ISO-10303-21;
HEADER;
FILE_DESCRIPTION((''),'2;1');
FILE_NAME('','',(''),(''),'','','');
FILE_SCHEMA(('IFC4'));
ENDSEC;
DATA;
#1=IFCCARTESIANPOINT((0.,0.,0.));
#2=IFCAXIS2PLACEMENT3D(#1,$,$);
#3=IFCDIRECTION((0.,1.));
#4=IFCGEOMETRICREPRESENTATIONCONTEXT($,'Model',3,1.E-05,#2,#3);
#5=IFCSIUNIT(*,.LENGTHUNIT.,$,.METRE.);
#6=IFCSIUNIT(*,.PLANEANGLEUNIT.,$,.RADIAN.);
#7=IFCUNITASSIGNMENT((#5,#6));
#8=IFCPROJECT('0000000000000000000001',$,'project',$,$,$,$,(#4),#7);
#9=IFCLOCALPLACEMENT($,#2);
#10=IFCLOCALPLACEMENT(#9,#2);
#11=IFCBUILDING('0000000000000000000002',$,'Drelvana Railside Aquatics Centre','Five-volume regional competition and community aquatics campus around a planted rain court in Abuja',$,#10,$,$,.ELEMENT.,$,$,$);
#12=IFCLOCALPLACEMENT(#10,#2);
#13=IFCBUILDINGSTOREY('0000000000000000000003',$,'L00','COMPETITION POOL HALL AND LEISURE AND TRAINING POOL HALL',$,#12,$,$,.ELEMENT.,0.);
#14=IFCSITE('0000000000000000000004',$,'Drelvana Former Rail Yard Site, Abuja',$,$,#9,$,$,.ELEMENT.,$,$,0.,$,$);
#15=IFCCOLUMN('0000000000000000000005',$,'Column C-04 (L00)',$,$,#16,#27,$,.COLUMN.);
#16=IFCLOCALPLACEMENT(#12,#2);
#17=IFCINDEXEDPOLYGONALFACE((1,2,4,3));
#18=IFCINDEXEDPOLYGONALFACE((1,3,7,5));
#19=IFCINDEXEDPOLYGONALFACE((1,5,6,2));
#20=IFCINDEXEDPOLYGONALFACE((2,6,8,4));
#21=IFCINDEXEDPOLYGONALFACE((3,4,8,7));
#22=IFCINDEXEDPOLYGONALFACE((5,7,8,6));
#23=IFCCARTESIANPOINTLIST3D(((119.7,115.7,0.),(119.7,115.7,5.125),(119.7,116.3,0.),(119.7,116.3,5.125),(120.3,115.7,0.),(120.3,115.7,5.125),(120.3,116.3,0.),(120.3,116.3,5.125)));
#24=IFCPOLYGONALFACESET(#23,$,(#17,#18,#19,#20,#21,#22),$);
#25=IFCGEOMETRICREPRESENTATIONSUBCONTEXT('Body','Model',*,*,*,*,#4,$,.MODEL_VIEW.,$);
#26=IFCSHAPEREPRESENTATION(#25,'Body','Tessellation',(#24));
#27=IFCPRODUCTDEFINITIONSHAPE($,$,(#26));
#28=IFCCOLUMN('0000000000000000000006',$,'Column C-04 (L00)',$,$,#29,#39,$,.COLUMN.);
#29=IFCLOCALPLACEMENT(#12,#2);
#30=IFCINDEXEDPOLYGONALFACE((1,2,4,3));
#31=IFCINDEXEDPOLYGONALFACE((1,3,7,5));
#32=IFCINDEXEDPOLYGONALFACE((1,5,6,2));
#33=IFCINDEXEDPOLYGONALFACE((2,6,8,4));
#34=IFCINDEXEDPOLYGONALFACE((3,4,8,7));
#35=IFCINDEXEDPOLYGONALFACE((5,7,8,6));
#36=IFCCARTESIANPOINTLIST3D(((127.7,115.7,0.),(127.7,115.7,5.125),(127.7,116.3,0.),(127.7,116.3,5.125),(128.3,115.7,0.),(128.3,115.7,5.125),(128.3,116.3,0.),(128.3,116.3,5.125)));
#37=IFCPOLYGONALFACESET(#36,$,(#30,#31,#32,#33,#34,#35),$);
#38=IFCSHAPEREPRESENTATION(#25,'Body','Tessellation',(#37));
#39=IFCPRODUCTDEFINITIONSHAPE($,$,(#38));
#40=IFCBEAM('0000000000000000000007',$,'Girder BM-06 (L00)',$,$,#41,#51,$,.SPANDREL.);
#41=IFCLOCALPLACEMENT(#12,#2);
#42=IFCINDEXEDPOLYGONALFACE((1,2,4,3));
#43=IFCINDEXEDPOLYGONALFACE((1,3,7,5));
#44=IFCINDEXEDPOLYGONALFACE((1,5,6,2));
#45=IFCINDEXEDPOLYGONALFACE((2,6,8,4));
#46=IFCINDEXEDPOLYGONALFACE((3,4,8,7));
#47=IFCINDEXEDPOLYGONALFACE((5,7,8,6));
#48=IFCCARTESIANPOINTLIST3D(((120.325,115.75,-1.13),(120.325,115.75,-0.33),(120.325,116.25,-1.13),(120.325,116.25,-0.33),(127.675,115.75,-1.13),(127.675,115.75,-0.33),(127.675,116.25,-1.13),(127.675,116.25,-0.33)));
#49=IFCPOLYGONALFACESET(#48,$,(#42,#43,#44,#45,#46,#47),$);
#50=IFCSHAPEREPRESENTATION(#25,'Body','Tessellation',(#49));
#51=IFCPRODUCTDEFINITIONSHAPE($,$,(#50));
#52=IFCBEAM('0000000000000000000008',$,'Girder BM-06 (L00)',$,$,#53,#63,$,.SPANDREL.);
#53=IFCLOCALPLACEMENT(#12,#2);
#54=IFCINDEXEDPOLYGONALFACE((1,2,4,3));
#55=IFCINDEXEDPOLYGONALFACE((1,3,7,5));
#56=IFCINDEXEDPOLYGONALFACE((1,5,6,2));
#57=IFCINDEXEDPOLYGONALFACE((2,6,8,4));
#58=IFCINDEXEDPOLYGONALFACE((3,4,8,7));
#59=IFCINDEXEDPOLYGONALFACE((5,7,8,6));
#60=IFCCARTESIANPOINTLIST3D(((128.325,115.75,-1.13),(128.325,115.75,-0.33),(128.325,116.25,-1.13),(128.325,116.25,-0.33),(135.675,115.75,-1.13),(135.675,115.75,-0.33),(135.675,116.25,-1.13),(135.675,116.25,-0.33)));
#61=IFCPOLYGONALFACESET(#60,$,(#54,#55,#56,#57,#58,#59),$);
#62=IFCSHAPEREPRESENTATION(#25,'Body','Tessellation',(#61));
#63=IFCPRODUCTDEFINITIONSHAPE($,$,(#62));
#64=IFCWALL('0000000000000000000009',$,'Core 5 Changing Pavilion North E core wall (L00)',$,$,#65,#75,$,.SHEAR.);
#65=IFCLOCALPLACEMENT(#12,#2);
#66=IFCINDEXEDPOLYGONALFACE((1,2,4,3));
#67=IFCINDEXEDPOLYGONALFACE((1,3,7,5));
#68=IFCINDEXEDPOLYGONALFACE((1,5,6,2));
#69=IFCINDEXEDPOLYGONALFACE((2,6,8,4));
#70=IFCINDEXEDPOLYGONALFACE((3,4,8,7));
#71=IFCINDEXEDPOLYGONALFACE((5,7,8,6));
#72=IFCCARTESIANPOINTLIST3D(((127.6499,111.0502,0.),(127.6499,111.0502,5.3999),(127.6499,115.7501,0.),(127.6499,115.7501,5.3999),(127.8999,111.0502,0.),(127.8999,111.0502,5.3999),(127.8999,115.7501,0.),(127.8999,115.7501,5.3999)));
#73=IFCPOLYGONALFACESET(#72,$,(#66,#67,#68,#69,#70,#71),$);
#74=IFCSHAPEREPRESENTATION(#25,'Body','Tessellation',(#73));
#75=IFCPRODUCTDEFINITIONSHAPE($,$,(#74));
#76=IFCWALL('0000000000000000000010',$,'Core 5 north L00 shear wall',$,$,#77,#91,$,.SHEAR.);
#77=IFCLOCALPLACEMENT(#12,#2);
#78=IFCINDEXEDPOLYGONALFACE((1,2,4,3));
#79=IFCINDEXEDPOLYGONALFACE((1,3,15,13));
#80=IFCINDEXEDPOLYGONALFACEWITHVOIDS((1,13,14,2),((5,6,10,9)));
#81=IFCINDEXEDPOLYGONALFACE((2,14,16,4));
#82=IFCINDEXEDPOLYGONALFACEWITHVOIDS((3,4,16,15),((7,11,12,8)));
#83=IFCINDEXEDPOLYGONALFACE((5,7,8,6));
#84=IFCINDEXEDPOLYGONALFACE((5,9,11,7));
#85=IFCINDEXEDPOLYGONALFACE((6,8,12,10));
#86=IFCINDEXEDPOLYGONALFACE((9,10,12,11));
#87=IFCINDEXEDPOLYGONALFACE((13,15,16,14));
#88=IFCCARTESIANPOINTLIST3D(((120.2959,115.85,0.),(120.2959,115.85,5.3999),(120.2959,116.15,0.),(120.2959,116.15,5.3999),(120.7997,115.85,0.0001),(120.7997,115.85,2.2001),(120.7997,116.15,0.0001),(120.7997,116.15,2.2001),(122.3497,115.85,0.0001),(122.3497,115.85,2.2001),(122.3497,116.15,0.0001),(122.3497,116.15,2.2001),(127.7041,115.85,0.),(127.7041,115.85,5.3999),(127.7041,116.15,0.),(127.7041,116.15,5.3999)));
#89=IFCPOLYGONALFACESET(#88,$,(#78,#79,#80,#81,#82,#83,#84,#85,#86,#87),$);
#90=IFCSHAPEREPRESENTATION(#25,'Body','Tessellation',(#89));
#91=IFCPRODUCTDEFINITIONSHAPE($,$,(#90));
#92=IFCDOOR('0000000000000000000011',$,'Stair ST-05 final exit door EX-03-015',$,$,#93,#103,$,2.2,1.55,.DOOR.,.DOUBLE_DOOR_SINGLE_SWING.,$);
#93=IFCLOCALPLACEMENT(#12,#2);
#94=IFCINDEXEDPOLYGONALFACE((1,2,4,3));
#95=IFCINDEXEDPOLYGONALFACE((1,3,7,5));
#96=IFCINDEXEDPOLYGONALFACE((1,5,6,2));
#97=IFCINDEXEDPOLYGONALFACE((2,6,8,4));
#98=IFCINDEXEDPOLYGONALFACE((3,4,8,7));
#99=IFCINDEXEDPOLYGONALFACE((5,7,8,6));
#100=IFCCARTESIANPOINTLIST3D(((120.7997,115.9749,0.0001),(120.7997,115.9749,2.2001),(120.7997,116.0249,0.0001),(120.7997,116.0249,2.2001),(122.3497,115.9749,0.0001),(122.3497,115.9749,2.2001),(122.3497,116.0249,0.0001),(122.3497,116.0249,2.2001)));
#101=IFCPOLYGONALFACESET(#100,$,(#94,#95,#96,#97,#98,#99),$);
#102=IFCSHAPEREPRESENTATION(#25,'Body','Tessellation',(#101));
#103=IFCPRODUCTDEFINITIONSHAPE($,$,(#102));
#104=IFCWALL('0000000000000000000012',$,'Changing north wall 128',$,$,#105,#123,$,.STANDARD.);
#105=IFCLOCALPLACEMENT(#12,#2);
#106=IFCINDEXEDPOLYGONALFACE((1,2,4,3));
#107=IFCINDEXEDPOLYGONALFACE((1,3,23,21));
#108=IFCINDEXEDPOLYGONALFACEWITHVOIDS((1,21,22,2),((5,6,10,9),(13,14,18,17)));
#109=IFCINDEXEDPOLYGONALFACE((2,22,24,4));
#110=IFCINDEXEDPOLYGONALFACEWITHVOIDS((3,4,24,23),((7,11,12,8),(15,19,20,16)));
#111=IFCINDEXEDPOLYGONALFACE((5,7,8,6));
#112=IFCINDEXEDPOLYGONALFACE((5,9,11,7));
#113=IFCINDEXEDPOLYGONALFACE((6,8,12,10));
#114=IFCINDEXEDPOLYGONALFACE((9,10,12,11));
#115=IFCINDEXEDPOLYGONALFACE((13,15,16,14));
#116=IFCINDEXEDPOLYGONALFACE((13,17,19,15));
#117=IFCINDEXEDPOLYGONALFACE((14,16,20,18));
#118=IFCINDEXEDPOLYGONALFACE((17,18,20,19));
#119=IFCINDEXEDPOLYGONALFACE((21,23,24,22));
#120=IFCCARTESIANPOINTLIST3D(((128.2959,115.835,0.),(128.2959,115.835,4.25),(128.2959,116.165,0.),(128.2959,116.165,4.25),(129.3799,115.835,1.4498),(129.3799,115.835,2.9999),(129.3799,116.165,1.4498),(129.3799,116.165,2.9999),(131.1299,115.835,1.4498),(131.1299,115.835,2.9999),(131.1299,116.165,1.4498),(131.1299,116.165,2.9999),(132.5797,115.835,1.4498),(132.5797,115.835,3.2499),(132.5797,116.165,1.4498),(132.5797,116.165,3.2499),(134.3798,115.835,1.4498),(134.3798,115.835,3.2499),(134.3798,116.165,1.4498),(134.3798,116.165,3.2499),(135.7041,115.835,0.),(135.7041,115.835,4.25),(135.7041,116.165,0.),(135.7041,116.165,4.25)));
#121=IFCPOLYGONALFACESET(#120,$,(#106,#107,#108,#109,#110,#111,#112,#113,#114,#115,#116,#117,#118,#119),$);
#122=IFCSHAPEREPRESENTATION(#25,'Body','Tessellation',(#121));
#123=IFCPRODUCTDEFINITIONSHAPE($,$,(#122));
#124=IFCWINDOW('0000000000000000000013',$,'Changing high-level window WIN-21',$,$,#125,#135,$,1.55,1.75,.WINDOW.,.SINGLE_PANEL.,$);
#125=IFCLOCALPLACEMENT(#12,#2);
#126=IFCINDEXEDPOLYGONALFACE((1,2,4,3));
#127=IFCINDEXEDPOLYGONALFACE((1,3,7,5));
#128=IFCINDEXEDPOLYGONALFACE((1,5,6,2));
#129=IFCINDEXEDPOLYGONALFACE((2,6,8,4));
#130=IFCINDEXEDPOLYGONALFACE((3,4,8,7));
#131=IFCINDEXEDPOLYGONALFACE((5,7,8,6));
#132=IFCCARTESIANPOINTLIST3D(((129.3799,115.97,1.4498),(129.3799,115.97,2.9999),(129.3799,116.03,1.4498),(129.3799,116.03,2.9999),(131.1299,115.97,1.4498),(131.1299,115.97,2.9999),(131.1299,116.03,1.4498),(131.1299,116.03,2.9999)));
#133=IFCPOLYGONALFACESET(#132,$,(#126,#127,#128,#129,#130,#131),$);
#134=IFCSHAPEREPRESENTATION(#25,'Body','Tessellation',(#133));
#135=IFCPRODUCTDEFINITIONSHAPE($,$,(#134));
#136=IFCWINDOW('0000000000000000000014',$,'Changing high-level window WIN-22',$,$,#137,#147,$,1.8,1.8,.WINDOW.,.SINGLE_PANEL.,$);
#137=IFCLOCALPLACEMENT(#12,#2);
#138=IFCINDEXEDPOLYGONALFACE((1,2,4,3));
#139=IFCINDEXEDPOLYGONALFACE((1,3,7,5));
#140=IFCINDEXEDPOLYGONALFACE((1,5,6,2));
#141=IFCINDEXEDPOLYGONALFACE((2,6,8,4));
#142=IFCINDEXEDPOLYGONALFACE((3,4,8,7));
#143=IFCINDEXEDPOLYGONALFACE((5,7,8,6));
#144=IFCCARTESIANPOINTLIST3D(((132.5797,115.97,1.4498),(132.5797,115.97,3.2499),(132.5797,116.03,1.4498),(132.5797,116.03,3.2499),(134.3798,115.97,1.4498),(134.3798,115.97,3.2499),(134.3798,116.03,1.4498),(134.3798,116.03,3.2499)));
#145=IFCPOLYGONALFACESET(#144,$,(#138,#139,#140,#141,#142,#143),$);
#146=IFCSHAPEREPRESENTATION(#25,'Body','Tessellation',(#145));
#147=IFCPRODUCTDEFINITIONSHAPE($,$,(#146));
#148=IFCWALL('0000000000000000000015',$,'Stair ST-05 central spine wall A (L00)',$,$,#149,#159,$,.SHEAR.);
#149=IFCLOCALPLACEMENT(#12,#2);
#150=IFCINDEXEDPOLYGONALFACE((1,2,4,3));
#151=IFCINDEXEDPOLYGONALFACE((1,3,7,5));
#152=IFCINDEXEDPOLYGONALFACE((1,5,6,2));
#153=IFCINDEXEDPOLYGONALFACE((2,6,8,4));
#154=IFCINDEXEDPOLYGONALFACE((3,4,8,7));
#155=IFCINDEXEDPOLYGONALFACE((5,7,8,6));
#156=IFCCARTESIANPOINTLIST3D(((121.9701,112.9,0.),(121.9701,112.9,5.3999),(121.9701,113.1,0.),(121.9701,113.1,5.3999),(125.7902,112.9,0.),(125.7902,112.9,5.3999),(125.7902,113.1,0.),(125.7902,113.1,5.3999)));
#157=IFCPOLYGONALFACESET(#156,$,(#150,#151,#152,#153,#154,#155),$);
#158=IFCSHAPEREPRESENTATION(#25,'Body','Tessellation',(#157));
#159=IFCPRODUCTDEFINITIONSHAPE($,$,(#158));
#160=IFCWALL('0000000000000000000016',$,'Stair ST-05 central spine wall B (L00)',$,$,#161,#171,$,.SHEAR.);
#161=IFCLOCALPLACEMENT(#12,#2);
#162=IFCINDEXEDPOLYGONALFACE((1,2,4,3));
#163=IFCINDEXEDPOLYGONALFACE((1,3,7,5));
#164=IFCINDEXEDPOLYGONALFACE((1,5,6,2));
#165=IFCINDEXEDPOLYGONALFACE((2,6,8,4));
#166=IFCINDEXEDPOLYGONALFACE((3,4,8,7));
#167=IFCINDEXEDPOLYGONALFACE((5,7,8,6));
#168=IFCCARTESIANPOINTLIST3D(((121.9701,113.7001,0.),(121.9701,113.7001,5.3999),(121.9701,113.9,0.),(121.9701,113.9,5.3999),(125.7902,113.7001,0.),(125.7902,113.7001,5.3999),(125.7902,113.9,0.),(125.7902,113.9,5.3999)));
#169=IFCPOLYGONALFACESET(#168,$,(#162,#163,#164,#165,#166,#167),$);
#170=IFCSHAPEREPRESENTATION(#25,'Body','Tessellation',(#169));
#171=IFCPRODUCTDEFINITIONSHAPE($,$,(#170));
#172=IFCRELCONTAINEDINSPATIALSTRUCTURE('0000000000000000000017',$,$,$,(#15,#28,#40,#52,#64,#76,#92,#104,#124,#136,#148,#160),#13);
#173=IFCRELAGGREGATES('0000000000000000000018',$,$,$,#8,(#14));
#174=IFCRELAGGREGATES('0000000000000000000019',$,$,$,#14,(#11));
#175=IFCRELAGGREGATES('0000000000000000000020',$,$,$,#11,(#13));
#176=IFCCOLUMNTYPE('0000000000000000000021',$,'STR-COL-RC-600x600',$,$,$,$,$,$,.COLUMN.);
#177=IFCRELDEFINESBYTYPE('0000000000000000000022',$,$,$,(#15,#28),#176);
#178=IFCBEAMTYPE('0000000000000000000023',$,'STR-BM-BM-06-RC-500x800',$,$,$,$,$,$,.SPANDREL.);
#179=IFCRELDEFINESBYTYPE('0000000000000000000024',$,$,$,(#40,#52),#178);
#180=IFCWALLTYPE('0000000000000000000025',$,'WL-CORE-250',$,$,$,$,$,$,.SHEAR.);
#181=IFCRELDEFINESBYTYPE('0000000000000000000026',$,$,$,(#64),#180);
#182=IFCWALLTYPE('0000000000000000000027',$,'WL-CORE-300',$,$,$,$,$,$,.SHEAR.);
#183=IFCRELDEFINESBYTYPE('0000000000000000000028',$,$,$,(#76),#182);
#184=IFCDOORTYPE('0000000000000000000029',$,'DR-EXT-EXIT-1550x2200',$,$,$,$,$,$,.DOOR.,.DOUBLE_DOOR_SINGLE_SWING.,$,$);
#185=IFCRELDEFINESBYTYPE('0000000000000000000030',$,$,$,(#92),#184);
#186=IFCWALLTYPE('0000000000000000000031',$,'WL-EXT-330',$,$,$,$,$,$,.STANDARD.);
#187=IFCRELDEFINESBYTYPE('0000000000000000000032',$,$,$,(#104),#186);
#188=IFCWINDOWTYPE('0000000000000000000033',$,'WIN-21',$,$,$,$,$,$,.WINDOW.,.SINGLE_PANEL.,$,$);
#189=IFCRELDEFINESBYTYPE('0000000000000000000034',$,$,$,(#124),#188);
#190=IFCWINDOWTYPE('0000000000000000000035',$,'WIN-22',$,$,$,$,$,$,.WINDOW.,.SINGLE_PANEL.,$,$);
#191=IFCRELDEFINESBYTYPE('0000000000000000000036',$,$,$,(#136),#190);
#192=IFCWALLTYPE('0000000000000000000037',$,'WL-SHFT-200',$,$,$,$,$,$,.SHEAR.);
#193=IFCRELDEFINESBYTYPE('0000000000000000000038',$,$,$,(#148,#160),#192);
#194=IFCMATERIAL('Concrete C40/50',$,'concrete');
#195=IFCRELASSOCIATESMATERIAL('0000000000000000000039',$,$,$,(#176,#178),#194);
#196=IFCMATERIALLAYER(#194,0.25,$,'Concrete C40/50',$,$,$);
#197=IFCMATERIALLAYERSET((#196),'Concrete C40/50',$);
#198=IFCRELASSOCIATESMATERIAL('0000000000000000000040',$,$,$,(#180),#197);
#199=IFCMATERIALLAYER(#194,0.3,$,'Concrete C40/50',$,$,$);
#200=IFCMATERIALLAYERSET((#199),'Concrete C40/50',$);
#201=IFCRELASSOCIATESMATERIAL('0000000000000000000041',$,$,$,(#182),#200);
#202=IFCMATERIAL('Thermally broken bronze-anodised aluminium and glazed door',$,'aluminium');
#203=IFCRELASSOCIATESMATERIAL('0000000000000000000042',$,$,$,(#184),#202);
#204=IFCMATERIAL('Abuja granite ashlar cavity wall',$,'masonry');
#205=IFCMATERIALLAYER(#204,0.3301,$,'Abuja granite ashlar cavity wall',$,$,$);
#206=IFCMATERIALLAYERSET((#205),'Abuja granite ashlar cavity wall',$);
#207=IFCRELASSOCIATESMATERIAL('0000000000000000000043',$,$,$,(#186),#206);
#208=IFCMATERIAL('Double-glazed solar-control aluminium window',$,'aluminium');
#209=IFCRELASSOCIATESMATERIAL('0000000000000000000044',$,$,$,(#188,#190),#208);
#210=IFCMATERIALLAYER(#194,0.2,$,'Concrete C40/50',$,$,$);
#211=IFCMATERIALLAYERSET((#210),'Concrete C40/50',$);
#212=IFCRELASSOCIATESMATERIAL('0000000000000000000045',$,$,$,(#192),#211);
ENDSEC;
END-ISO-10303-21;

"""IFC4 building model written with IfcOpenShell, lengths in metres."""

from ifc_helpers import new_model, si_unit, direction, frame, frame_2d, origin, origin_2d, place, context, subcontext, project, spatial, rectangle, extrude, material, layer, layer_set, material_profile, profile_set, type_object, element, fill, save


model = new_model("IFC4")

# Units and contexts
model_context = context("Model", 3, precision=1e-05, world=origin(), true_north=direction((0.0, 1.0)))
body_context = subcontext(model_context, "Body", "Model", "MODEL_VIEW")
ifc_project = project(units=[si_unit("LENGTHUNIT", "METRE"), si_unit("PLANEANGLEUNIT", "RADIAN")], contexts=[model_context])

# Site, building, storey
site_placement = place(None, origin())
site = spatial("IfcSite", under=ifc_project, at=site_placement, Name="Drelvana Former Rail Yard Site, Abuja", CompositionType="ELEMENT", RefElevation=0.0)
building_placement = place(site_placement, origin())
building = spatial("IfcBuilding", under=site, at=building_placement, Name="Drelvana Railside Aquatics Centre", Description="Five-volume regional competition and community aquatics campus around a planted rain court in Abuja", CompositionType="ELEMENT")
storey_placement = place(building_placement, origin())
storey = spatial("IfcBuildingStorey", under=building, at=storey_placement, Name="L00", Description="COMPETITION POOL HALL AND LEISURE AND TRAINING POOL HALL", CompositionType="ELEMENT", Elevation=0.0)

# Columns
ifc_material_1 = material(Name="Concrete C40/50", Category="concrete")
ifc_material_profile_1 = material_profile(ifc_material_1, rectangle(XDim=0.6001, YDim=0.6001, at=origin_2d()), Name="RC 600x600")
ifc_profile_set_1 = profile_set([ifc_material_profile_1], Name="Concrete C40/50")
column_type = type_object("IfcColumnType", Name="STR-COL-RC-600x600", PredefinedType="COLUMN", material=ifc_profile_set_1)
for number, where, z_axis, x_axis, name in (
    (1, (120.0, 116.0, 0.0), (0.0, 0.0, 1.0), (1.0, 0.0, 0.0), "Column C-04 (L00)"),
    (2, (128.0, 116.0, 0.0), (0.0, 0.0, 1.0), (1.0, 0.0, 0.0), "Column C-04 (L00)"),
):
    element("IfcColumn", number, at=place(storey_placement, frame(where, z_axis=z_axis, x_axis=x_axis)), inside=storey, type_object=column_type, Name=name, PredefinedType="COLUMN", context=body_context, shape_type="SweptSolid", body=[
        extrude(rectangle(XDim=0.6001, YDim=0.6001, at=origin_2d()), origin(), (0.0, 0.0, 1.0), 5.125),
    ])

# Beams
ifc_material_profile_2 = material_profile(ifc_material_1, rectangle(XDim=0.5, YDim=0.8, at=origin_2d()), Name="RC 500x800")
ifc_profile_set_2 = profile_set([ifc_material_profile_2], Name="Concrete C40/50")
beam_type = type_object("IfcBeamType", Name="STR-BM-BM-06-RC-500x800", PredefinedType="SPANDREL", material=ifc_profile_set_2)
for number, where, z_axis, x_axis, name in (
    (3, (120.325, 116.0, -0.73), (1.0, 0.0, 0.0), (0.0, 1.0, 0.0), "Girder BM-06 (L00)"),
    (4, (128.325, 116.0, -0.73), (1.0, 0.0, 0.0), (0.0, 1.0, 0.0), "Girder BM-06 (L00)"),
):
    element("IfcBeam", number, at=place(storey_placement, frame(where, z_axis=z_axis, x_axis=x_axis)), inside=storey, type_object=beam_type, Name=name, PredefinedType="SPANDREL", context=body_context, shape_type="SweptSolid", body=[
        extrude(rectangle(XDim=0.5, YDim=0.8, at=origin_2d()), origin(), (0.0, 0.0, 1.0), 7.3501),
    ])

# Wall
ifc_layer_1 = layer(ifc_material_1, 0.25, Name="Concrete C40/50")
ifc_layer_set_1 = layer_set([ifc_layer_1], Name="Concrete C40/50")
wall_type_1 = type_object("IfcWallType", Name="WL-CORE-250", PredefinedType="SHEAR", material=ifc_layer_set_1)
wall_1_placement = place(storey_placement, frame((127.7749, 111.05, 0.0), z_axis=(0.0, 0.0, 1.0), x_axis=(0.0, 1.0, 0.0)))
element("IfcWall", 5, at=wall_1_placement, inside=storey, type_object=wall_type_1, Name="Core 5 Changing Pavilion North E core wall (L00)", PredefinedType="SHEAR", context=body_context, shape_type="SweptSolid", body=[
    extrude(rectangle(XDim=4.7, YDim=0.25, at=frame_2d((2.3501, 0.0))), origin(), (0.0, 0.0, 1.0), 5.3999),
])

# Wall, opening, door
ifc_layer_2 = layer(ifc_material_1, 0.3, Name="Concrete C40/50")
ifc_layer_set_2 = layer_set([ifc_layer_2], Name="Concrete C40/50")
wall_type_2 = type_object("IfcWallType", Name="WL-CORE-300", PredefinedType="SHEAR", material=ifc_layer_set_2)
wall_2_placement = place(storey_placement, frame((120.2959, 116.0, 0.0), z_axis=(0.0, 0.0, 1.0), x_axis=(1.0, 0.0, 0.0)))
wall_2 = element("IfcWall", 6, at=wall_2_placement, inside=storey, type_object=wall_type_2, Name="Core 5 north L00 shear wall", PredefinedType="SHEAR", context=body_context, shape_type="SweptSolid", body=[
    extrude(rectangle(XDim=7.4082, YDim=0.3, at=frame_2d((3.7041, 0.0))), origin(), (0.0, 0.0, 1.0), 5.3999),
])
opening_1_placement = place(wall_2_placement, frame((0.5039, 0.0, 0.0)))
opening_1 = element("IfcOpeningElement", 7, at=opening_1_placement, cuts=wall_2, PredefinedType="OPENING", context=body_context, shape_type="SweptSolid", body=[
    extrude(rectangle(XDim=1.55, YDim=2.2, at=frame_2d((0.7749, 1.1001))), frame((0.0, 0.1599, 0.0), z_axis=(0.0, -1.0, 0.0), x_axis=(1.0, 0.0, 0.0)), (0.0, 0.0, 1.0), 0.3201),
])
ifc_material_2 = material(Name="Thermally broken bronze-anodised aluminium and glazed door", Category="aluminium")
door_type = type_object("IfcDoorType", Name="DR-EXT-EXIT-1550x2200", OperationType="DOUBLE_DOOR_SINGLE_SWING", PredefinedType="DOOR", material=ifc_material_2)
door_placement = place(opening_1_placement, origin())
door = element("IfcDoor", 8, at=door_placement, inside=storey, type_object=door_type, Name="Stair ST-05 final exit door EX-03-015", OperationType="DOUBLE_DOOR_SINGLE_SWING", OverallHeight=2.2, OverallWidth=1.55, PredefinedType="DOOR", context=body_context, shape_type="SweptSolid", body=[
    extrude(rectangle(XDim=1.55, YDim=2.2, at=frame_2d((0.7749, 1.1001))), frame((0.0, 0.0249, 0.0), z_axis=(0.0, -1.0, 0.0), x_axis=(1.0, 0.0, 0.0)), (0.0, 0.0, 1.0), 0.05),
])
fill(opening_1, door)

# Wall, openings, windows
ifc_material_3 = material(Name="Abuja granite ashlar cavity wall", Category="masonry")
ifc_layer_3 = layer(ifc_material_3, 0.3301, Name="Abuja granite ashlar cavity wall")
ifc_layer_set_3 = layer_set([ifc_layer_3], Name="Abuja granite ashlar cavity wall")
wall_type_3 = type_object("IfcWallType", Name="WL-EXT-330", PredefinedType="STANDARD", material=ifc_layer_set_3)
wall_3_placement = place(storey_placement, frame((128.2959, 116.0, 0.0), z_axis=(0.0, 0.0, 1.0), x_axis=(1.0, 0.0, 0.0)))
wall_3 = element("IfcWall", 9, at=wall_3_placement, inside=storey, type_object=wall_type_3, Name="Changing north wall 128", PredefinedType="STANDARD", context=body_context, shape_type="SweptSolid", body=[
    extrude(rectangle(XDim=7.4082, YDim=0.3301, at=frame_2d((3.7041, 0.0))), origin(), (0.0, 0.0, 1.0), 4.25),
])
opening_2_placement = place(wall_3_placement, frame((1.084, 0.0, 1.45)))
opening_2 = element("IfcOpeningElement", 10, at=opening_2_placement, cuts=wall_3, PredefinedType="OPENING", context=body_context, shape_type="SweptSolid", body=[
    extrude(rectangle(XDim=1.75, YDim=1.55, at=frame_2d((0.875, 0.7749))), frame((0.0, 0.175, 0.0), z_axis=(0.0, -1.0, 0.0), x_axis=(1.0, 0.0, 0.0)), (0.0, 0.0, 1.0), 0.3501),
])
opening_3_placement = place(wall_3_placement, frame((4.2839, 0.0, 1.45)))
opening_3 = element("IfcOpeningElement", 11, at=opening_3_placement, cuts=wall_3, PredefinedType="OPENING", context=body_context, shape_type="SweptSolid", body=[
    extrude(rectangle(XDim=1.8, YDim=1.8, at=frame_2d((0.8999, 0.8999))), frame((0.0, 0.175, 0.0), z_axis=(0.0, -1.0, 0.0), x_axis=(1.0, 0.0, 0.0)), (0.0, 0.0, 1.0), 0.3501),
])
ifc_material_4 = material(Name="Double-glazed solar-control aluminium window", Category="aluminium")
window_type_1 = type_object("IfcWindowType", Name="WIN-21", PartitioningType="SINGLE_PANEL", PredefinedType="WINDOW", material=ifc_material_4)
window_1_placement = place(opening_2_placement, origin())
window_1 = element("IfcWindow", 12, at=window_1_placement, inside=storey, type_object=window_type_1, Name="Changing high-level window WIN-21", OverallHeight=1.55, OverallWidth=1.75, PartitioningType="SINGLE_PANEL", PredefinedType="WINDOW", context=body_context, shape_type="SweptSolid", body=[
    extrude(rectangle(XDim=1.75, YDim=1.55, at=frame_2d((0.875, 0.7749))), frame((0.0, 0.03, 0.0), z_axis=(0.0, -1.0, 0.0), x_axis=(1.0, 0.0, 0.0)), (0.0, 0.0, 1.0), 0.0601),
])
fill(opening_2, window_1)
window_type_2 = type_object("IfcWindowType", Name="WIN-22", PartitioningType="SINGLE_PANEL", PredefinedType="WINDOW", material=ifc_material_4)
window_2_placement = place(opening_3_placement, origin())
window_2 = element("IfcWindow", 13, at=window_2_placement, inside=storey, type_object=window_type_2, Name="Changing high-level window WIN-22", OverallHeight=1.8, OverallWidth=1.8, PartitioningType="SINGLE_PANEL", PredefinedType="WINDOW", context=body_context, shape_type="SweptSolid", body=[
    extrude(rectangle(XDim=1.8, YDim=1.8, at=frame_2d((0.8999, 0.8999))), frame((0.0, 0.03, 0.0), z_axis=(0.0, -1.0, 0.0), x_axis=(1.0, 0.0, 0.0)), (0.0, 0.0, 1.0), 0.0601),
])
fill(opening_3, window_2)

# Walls
ifc_layer_4 = layer(ifc_material_1, 0.2, Name="Concrete C40/50")
ifc_layer_set_4 = layer_set([ifc_layer_4], Name="Concrete C40/50")
wall_type_4 = type_object("IfcWallType", Name="WL-SHFT-200", PredefinedType="SHEAR", material=ifc_layer_set_4)
for number, where, z_axis, x_axis, name in (
    (14, (121.97, 113.0, 0.0), (0.0, 0.0, 1.0), (1.0, 0.0, 0.0), "Stair ST-05 central spine wall A (L00)"),
    (15, (121.97, 113.8, 0.0), (0.0, 0.0, 1.0), (1.0, 0.0, 0.0), "Stair ST-05 central spine wall B (L00)"),
):
    element("IfcWall", number, at=place(storey_placement, frame(where, z_axis=z_axis, x_axis=x_axis)), inside=storey, type_object=wall_type_4, Name=name, PredefinedType="SHEAR", context=body_context, shape_type="SweptSolid", body=[
        extrude(rectangle(XDim=3.8201, YDim=0.2, at=frame_2d((1.9102, 0.0))), origin(), (0.0, 0.0, 1.0), 5.3999),
    ])

save(model, "model.ifc")
